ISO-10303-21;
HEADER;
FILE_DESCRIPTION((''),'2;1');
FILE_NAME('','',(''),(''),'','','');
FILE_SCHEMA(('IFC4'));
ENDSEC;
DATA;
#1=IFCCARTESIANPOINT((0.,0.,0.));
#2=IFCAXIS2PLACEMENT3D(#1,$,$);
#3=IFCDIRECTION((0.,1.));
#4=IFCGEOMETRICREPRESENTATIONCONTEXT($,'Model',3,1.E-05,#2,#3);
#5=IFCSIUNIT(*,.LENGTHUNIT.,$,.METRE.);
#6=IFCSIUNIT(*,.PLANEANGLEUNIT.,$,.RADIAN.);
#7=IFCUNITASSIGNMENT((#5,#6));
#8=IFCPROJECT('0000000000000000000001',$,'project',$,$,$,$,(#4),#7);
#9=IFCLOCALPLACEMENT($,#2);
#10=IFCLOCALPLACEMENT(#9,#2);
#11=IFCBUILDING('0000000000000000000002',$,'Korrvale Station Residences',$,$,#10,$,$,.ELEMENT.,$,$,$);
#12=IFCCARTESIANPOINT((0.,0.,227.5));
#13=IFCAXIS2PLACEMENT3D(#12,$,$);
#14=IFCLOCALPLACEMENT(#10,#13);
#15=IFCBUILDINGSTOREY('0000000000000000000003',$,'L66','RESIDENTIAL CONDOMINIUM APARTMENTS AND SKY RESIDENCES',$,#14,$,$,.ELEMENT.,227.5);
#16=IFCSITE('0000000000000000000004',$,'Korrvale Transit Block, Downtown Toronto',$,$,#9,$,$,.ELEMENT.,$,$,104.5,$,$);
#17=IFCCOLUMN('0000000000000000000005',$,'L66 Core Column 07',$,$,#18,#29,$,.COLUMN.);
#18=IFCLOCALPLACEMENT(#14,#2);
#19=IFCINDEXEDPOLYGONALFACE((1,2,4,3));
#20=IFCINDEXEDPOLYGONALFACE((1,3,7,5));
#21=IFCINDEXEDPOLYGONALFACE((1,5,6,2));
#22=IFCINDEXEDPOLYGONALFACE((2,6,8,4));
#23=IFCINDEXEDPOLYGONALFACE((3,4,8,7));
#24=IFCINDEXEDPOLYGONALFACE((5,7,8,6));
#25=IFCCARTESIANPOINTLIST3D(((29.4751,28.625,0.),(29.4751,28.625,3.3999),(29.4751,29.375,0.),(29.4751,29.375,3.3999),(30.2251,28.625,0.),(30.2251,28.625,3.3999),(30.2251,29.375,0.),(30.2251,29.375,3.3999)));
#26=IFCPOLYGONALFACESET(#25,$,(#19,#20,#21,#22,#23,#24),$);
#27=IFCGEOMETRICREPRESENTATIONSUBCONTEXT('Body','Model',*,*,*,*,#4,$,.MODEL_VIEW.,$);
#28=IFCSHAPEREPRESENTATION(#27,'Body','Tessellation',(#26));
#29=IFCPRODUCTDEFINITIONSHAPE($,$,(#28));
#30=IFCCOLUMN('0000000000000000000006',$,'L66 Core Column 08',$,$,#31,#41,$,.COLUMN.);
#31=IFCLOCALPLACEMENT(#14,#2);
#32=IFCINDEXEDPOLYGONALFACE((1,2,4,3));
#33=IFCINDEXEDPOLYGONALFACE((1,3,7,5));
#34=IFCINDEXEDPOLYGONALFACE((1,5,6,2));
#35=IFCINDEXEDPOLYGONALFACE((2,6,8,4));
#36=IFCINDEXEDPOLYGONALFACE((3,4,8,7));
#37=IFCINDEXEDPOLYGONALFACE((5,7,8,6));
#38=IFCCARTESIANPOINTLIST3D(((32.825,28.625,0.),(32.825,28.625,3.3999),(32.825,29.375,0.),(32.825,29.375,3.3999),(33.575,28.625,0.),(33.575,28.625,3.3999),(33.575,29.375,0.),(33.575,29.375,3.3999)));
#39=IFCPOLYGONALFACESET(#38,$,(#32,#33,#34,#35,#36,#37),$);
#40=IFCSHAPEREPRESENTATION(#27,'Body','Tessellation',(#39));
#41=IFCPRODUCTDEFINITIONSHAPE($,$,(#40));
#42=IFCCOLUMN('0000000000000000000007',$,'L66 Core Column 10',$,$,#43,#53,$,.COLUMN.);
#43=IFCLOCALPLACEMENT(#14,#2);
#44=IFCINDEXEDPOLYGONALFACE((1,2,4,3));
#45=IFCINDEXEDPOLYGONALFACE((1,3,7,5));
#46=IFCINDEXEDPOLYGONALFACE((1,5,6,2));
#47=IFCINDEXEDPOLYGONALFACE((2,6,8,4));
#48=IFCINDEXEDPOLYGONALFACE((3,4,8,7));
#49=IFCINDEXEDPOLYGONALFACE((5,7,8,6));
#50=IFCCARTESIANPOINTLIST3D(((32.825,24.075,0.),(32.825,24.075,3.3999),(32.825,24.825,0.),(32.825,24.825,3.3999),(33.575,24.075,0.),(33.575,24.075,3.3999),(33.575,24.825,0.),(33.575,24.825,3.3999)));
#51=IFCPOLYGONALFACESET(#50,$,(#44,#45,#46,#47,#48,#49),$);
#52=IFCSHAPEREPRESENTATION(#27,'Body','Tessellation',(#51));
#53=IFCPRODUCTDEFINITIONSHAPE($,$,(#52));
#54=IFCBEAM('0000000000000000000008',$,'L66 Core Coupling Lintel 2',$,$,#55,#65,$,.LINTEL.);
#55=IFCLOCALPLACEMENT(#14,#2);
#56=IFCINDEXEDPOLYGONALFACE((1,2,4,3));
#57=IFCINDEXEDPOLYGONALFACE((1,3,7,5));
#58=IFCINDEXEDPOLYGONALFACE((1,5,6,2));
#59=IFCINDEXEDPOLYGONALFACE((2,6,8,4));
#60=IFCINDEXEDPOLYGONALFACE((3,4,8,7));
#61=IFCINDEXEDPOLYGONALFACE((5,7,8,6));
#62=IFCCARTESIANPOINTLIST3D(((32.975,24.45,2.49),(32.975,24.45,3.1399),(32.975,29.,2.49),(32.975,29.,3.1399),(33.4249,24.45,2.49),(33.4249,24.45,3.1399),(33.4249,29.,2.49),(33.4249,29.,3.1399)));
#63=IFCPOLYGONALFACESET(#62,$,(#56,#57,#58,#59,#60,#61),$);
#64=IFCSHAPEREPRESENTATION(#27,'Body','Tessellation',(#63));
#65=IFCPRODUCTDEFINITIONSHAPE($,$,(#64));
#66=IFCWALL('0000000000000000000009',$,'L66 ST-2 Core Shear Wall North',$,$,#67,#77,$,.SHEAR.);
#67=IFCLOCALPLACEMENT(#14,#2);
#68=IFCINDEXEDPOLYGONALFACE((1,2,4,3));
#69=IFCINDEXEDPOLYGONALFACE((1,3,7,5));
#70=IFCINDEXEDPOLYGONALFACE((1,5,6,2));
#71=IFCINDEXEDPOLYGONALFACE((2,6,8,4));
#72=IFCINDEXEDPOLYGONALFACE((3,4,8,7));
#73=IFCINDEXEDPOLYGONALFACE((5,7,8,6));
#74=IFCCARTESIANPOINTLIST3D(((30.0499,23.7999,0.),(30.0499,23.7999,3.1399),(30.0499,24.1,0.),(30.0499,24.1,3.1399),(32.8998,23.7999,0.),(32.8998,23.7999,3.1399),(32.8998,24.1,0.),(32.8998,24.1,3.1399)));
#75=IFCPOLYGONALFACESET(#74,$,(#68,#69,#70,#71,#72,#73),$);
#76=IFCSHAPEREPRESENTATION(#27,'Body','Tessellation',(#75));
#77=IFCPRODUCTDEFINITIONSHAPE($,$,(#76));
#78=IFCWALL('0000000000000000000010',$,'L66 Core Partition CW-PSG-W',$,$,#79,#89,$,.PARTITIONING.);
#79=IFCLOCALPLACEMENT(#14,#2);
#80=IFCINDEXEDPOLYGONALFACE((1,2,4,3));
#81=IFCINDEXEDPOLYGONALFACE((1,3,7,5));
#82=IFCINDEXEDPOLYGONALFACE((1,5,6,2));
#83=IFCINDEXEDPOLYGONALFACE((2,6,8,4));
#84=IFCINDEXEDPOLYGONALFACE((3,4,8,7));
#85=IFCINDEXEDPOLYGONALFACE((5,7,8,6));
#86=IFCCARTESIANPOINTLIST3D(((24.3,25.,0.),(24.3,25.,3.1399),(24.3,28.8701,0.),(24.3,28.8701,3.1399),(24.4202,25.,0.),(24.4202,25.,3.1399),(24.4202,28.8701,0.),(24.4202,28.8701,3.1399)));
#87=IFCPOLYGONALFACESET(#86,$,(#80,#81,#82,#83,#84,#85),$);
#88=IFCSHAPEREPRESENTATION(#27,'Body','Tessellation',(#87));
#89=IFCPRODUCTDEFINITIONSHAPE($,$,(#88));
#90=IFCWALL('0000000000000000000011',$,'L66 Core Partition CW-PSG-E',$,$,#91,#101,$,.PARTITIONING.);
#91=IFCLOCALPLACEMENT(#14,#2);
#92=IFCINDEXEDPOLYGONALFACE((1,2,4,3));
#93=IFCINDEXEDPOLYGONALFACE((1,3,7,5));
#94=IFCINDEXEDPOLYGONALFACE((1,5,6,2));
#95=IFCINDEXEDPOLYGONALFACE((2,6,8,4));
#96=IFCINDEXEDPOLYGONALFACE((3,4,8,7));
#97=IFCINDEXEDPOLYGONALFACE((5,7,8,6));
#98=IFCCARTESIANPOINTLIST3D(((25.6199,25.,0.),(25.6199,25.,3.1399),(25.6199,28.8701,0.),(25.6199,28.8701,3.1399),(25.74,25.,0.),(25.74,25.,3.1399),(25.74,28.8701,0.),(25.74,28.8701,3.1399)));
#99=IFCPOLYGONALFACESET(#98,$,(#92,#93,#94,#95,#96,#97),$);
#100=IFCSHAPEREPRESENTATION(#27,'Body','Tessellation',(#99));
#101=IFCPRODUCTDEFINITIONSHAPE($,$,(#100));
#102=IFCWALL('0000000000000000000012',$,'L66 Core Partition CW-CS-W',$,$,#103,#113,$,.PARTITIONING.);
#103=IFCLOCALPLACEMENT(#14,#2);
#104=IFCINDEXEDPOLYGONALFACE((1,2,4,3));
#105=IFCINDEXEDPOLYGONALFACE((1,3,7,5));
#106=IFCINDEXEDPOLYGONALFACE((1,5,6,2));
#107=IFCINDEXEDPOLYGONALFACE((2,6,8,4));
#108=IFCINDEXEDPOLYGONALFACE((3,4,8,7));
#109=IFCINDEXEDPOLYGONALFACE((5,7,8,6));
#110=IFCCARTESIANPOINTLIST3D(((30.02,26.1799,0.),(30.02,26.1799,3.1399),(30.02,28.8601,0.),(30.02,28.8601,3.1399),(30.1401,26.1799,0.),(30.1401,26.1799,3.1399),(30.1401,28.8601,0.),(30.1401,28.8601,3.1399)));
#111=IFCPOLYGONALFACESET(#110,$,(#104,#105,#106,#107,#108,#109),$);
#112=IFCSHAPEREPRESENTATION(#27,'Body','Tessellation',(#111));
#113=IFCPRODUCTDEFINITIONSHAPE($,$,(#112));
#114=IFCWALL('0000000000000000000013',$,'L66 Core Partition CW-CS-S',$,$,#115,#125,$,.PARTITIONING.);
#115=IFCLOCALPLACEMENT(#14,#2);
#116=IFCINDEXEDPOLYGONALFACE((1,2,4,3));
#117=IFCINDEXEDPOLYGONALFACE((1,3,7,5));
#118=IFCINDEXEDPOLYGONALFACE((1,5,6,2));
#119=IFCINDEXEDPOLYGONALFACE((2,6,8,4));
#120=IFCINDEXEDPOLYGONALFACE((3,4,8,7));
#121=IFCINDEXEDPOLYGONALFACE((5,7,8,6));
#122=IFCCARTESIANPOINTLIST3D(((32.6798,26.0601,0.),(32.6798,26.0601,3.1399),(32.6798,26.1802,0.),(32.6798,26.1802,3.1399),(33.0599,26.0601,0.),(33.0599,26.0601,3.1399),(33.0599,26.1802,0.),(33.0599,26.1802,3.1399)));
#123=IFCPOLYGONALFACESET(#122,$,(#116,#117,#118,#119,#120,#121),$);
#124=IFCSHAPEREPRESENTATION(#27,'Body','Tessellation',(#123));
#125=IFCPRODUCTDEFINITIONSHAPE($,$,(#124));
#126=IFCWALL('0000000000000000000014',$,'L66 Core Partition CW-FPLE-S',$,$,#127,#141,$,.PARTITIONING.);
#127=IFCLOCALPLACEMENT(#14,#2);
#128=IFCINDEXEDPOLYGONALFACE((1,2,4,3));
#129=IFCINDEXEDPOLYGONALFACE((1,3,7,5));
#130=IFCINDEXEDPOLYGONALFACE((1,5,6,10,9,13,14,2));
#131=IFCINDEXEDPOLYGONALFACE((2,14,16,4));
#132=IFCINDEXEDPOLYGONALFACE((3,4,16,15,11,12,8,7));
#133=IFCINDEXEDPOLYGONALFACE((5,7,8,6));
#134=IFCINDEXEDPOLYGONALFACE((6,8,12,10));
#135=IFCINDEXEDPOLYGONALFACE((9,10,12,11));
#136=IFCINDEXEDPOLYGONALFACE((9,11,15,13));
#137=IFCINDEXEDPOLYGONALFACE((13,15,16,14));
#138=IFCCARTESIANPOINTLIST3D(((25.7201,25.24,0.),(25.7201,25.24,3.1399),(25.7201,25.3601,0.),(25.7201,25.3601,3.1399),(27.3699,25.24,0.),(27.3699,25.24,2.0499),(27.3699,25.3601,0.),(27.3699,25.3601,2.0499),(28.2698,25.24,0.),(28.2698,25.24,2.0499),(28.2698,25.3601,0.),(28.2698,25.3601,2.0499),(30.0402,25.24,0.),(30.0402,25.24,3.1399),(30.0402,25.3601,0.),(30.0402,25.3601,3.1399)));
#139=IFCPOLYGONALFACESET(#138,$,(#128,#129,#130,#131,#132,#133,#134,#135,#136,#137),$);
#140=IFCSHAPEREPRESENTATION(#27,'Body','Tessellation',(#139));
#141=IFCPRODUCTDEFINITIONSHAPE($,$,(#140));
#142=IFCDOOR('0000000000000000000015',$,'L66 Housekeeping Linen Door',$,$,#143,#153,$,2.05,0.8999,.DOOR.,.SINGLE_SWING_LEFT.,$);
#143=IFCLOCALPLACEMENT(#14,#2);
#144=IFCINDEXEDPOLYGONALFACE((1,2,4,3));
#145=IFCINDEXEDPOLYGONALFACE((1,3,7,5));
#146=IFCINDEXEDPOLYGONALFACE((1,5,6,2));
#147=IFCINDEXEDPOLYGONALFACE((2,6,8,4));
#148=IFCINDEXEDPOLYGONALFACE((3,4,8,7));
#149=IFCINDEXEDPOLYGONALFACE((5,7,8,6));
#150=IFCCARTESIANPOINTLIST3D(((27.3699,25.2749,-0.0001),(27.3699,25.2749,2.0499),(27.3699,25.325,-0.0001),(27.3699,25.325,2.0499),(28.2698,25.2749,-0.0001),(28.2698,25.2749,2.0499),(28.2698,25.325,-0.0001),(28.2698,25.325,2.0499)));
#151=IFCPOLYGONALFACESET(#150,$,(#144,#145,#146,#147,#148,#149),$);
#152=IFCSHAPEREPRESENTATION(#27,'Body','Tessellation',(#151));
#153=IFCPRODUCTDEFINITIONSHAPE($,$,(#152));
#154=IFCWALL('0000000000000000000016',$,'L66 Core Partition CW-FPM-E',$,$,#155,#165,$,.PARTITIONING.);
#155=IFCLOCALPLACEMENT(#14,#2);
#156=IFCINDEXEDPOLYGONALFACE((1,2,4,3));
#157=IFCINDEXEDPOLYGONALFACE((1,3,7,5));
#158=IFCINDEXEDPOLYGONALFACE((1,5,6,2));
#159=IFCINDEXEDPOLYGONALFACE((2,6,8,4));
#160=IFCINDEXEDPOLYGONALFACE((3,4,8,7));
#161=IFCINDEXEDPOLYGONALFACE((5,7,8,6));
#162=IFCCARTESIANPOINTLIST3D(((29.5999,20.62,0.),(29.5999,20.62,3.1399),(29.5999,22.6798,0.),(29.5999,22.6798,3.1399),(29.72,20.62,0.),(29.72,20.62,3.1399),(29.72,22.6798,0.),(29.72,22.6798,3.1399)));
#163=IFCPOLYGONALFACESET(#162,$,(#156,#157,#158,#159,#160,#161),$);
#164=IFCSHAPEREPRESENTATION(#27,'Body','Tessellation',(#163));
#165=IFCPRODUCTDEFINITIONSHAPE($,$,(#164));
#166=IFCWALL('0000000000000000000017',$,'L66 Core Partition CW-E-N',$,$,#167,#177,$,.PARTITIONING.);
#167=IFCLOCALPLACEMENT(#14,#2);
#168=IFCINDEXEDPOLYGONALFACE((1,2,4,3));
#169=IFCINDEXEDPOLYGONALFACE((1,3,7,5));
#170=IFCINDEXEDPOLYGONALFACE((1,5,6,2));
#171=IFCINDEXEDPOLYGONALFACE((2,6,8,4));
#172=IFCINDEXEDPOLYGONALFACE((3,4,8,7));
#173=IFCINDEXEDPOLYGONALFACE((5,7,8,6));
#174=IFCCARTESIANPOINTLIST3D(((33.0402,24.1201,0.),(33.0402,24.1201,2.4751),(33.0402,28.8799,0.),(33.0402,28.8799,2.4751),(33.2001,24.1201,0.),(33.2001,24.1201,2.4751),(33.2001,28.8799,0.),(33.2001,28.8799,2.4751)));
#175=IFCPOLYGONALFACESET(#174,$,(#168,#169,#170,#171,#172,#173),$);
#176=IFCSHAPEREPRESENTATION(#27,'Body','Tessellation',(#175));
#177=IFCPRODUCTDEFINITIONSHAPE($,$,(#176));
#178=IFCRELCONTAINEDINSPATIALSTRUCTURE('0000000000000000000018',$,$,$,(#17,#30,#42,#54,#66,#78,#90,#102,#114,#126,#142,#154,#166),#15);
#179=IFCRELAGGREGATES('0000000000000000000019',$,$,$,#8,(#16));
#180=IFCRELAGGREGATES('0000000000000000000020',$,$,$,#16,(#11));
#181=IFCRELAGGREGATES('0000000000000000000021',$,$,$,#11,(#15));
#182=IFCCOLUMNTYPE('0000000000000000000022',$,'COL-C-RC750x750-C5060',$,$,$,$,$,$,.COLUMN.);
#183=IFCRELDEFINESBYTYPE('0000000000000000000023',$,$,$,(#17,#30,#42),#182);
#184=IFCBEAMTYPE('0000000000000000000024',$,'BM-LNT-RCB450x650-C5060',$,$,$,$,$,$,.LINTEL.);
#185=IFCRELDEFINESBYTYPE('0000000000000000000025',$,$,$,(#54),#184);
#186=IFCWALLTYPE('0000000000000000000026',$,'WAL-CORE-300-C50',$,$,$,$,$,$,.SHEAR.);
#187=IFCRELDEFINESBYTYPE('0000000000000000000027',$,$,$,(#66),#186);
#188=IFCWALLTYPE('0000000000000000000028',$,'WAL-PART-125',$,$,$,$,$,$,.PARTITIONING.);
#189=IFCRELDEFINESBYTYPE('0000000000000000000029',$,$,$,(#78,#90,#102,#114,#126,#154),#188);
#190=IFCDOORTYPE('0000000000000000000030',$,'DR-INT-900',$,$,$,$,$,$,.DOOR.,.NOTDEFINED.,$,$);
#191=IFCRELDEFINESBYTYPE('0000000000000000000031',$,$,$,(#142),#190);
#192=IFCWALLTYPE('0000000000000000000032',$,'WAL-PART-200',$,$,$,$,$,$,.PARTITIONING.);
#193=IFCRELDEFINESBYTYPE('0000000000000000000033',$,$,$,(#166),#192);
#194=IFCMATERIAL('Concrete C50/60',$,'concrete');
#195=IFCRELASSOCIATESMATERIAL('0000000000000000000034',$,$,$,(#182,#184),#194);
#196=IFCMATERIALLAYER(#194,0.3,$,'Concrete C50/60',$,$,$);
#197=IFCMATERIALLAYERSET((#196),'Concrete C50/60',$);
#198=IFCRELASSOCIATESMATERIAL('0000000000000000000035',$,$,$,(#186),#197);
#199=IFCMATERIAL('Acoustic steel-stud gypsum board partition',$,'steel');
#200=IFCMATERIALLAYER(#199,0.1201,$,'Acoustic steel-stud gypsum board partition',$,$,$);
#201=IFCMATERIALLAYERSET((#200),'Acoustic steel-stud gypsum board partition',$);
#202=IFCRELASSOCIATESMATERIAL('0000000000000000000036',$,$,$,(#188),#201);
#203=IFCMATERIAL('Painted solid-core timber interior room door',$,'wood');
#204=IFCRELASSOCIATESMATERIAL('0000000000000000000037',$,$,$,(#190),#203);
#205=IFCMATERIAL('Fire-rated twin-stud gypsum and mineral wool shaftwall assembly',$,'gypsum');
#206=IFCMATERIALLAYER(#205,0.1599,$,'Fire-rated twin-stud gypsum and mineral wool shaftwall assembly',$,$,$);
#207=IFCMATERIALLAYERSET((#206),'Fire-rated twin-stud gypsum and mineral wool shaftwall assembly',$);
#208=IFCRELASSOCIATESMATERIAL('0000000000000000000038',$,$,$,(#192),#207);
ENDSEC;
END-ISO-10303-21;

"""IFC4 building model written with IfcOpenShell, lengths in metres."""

from ifc_helpers import new_model, si_unit, direction, frame, frame_2d, origin, origin_2d, place, context, subcontext, project, spatial, rectangle, extrude, material, layer, layer_set, material_profile, profile_set, type_object, element, fill, save


model = new_model("IFC4")

# Units and contexts
model_context = context("Model", 3, precision=1e-05, world=origin(), true_north=direction((0.0, 1.0)))
body_context = subcontext(model_context, "Body", "Model", "MODEL_VIEW")
ifc_project = project(units=[si_unit("LENGTHUNIT", "METRE"), si_unit("PLANEANGLEUNIT", "RADIAN")], contexts=[model_context])

# Site, building, storey
site_placement = place(None, origin())
site = spatial("IfcSite", under=ifc_project, at=site_placement, Name="Korrvale Transit Block, Downtown Toronto", CompositionType="ELEMENT", RefElevation=104.5)
building_placement = place(site_placement, origin())
building = spatial("IfcBuilding", under=site, at=building_placement, Name="Korrvale Station Residences", CompositionType="ELEMENT")
storey_placement = place(building_placement, frame((0.0, 0.0, 227.5)))
storey = spatial("IfcBuildingStorey", under=building, at=storey_placement, Name="L66", Description="RESIDENTIAL CONDOMINIUM APARTMENTS AND SKY RESIDENCES", CompositionType="ELEMENT", Elevation=227.5)

# Columns
ifc_material_1 = material(Name="Concrete C50/60", Category="concrete")
ifc_material_profile_1 = material_profile(ifc_material_1, rectangle(XDim=0.75, YDim=0.75, at=origin_2d()), Name="RC750x750")
ifc_profile_set_1 = profile_set([ifc_material_profile_1], Name="Concrete C50/60")
column_type = type_object("IfcColumnType", Name="COL-C-RC750x750-C5060", PredefinedType="COLUMN", material=ifc_profile_set_1)
for number, where, z_axis, x_axis, name in (
    (1, (29.8501, 29.0, 0.0), (0.0, 0.0, 1.0), (1.0, 0.0, 0.0), "L66 Core Column 07"),
    (2, (33.2, 29.0, 0.0), (0.0, 0.0, 1.0), (1.0, 0.0, 0.0), "L66 Core Column 08"),
    (3, (33.2, 24.45, 0.0), (0.0, 0.0, 1.0), (1.0, 0.0, 0.0), "L66 Core Column 10"),
):
    element("IfcColumn", number, at=place(storey_placement, frame(where, z_axis=z_axis, x_axis=x_axis)), inside=storey, type_object=column_type, Name=name, PredefinedType="COLUMN", context=body_context, shape_type="SweptSolid", body=[
        extrude(rectangle(XDim=0.75, YDim=0.75, at=origin_2d()), origin(), (0.0, 0.0, 1.0), 3.3999),
    ])

# Beam
ifc_material_profile_2 = material_profile(ifc_material_1, rectangle(XDim=0.45, YDim=0.6499, at=origin_2d()), Name="RCB450x650")
ifc_profile_set_2 = profile_set([ifc_material_profile_2], Name="Concrete C50/60")
beam_type = type_object("IfcBeamType", Name="BM-LNT-RCB450x650-C5060", PredefinedType="LINTEL", material=ifc_profile_set_2)
beam_placement = place(storey_placement, frame((33.2, 24.45, 2.8149), z_axis=(0.0, 1.0, 0.0), x_axis=(-1.0, 0.0, 0.0)))
element("IfcBeam", 4, at=beam_placement, inside=storey, type_object=beam_type, Name="L66 Core Coupling Lintel 2", PredefinedType="LINTEL", context=body_context, shape_type="SweptSolid", body=[
    extrude(rectangle(XDim=0.45, YDim=0.6499, at=origin_2d()), origin(), (0.0, 0.0, 1.0), 4.55),
])

# Walls
ifc_layer_1 = layer(ifc_material_1, 0.3, Name="Concrete C50/60")
ifc_layer_set_1 = layer_set([ifc_layer_1], Name="Concrete C50/60")
wall_type_1 = type_object("IfcWallType", Name="WAL-CORE-300-C50", PredefinedType="SHEAR", material=ifc_layer_set_1)
wall_1_placement = place(storey_placement, frame((30.05, 23.95, 0.0), z_axis=(0.0, 0.0, 1.0), x_axis=(1.0, 0.0, 0.0)))
element("IfcWall", 5, at=wall_1_placement, inside=storey, type_object=wall_type_1, Name="L66 ST-2 Core Shear Wall North", PredefinedType="SHEAR", context=body_context, shape_type="SweptSolid", body=[
    extrude(rectangle(XDim=2.8499, YDim=0.3, at=frame_2d((1.4248, 0.0))), origin(), (0.0, 0.0, 1.0), 3.1399),
])
ifc_material_2 = material(Name="Acoustic steel-stud gypsum board partition", Category="steel")
ifc_layer_2 = layer(ifc_material_2, 0.1201, Name="Acoustic steel-stud gypsum board partition")
ifc_layer_set_2 = layer_set([ifc_layer_2], Name="Acoustic steel-stud gypsum board partition")
wall_type_2 = type_object("IfcWallType", Name="WAL-PART-125", PredefinedType="PARTITIONING", material=ifc_layer_set_2)
for number, where, z_axis, x_axis, name in (
    (6, (24.3601, 25.0, 0.0), (0.0, 0.0, 1.0), (0.0, 1.0, 0.0), "L66 Core Partition CW-PSG-W"),
    (7, (25.6799, 25.0, 0.0), (0.0, 0.0, 1.0), (0.0, 1.0, 0.0), "L66 Core Partition CW-PSG-E"),
):
    element("IfcWall", number, at=place(storey_placement, frame(where, z_axis=z_axis, x_axis=x_axis)), inside=storey, type_object=wall_type_2, Name=name, PredefinedType="PARTITIONING", context=body_context, shape_type="SweptSolid", body=[
        extrude(rectangle(XDim=3.8701, YDim=0.1201, at=frame_2d((1.9351, 0.0))), origin(), (0.0, 0.0, 1.0), 3.1399),
    ])
wall_2_placement = place(storey_placement, frame((30.0801, 26.1799, 0.0), z_axis=(0.0, 0.0, 1.0), x_axis=(0.0, 1.0, 0.0)))
element("IfcWall", 8, at=wall_2_placement, inside=storey, type_object=wall_type_2, Name="L66 Core Partition CW-CS-W", PredefinedType="PARTITIONING", context=body_context, shape_type="SweptSolid", body=[
    extrude(rectangle(XDim=2.6802, YDim=0.1201, at=frame_2d((1.3401, 0.0))), origin(), (0.0, 0.0, 1.0), 3.1399),
])
wall_3_placement = place(storey_placement, frame((32.6799, 26.1201, 0.0), z_axis=(0.0, 0.0, 1.0), x_axis=(1.0, 0.0, 0.0)))
element("IfcWall", 9, at=wall_3_placement, inside=storey, type_object=wall_type_2, Name="L66 Core Partition CW-CS-S", PredefinedType="PARTITIONING", context=body_context, shape_type="SweptSolid", body=[
    extrude(rectangle(XDim=0.3801, YDim=0.1201, at=frame_2d((0.1899, 0.0))), origin(), (0.0, 0.0, 1.0), 3.1399),
])

# Wall, opening, door
wall_4_placement = place(storey_placement, frame((25.72, 25.3, 0.0), z_axis=(0.0, 0.0, 1.0), x_axis=(1.0, 0.0, 0.0)))
wall_4 = element("IfcWall", 10, at=wall_4_placement, inside=storey, type_object=wall_type_2, Name="L66 Core Partition CW-FPLE-S", PredefinedType="PARTITIONING", context=body_context, shape_type="SweptSolid", body=[
    extrude(rectangle(XDim=4.3201, YDim=0.1201, at=frame_2d((2.1602, 0.0))), origin(), (0.0, 0.0, 1.0), 3.1399),
])
opening_1_placement = place(wall_4_placement, frame((1.6499, 0.0, 0.0)))
opening_1 = element("IfcOpeningElement", 11, at=opening_1_placement, cuts=wall_4, PredefinedType="OPENING", context=body_context, shape_type="SweptSolid", body=[
    extrude(rectangle(XDim=0.8999, YDim=2.05, at=frame_2d((0.45, 1.0249))), frame((0.0, 0.0701, 0.0), z_axis=(0.0, -1.0, 0.0), x_axis=(1.0, 0.0, 0.0)), (0.0, 0.0, 1.0), 0.1401),
])
ifc_material_3 = material(Name="Painted solid-core timber interior room door", Category="wood")
door_type_1 = type_object("IfcDoorType", Name="DR-INT-900", OperationType="NOTDEFINED", PredefinedType="DOOR", material=ifc_material_3)
door_1_placement = place(opening_1_placement, origin())
door_1 = element("IfcDoor", 12, at=door_1_placement, inside=storey, type_object=door_type_1, Name="L66 Housekeeping Linen Door", OperationType="SINGLE_SWING_LEFT", OverallHeight=2.05, OverallWidth=0.8999, PredefinedType="DOOR", context=body_context, shape_type="SweptSolid", body=[
    extrude(rectangle(XDim=0.8999, YDim=2.05, at=frame_2d((0.45, 1.0249))), frame((0.0, 0.0249, 0.0), z_axis=(0.0, -1.0, 0.0), x_axis=(1.0, 0.0, 0.0)), (0.0, 0.0, 1.0), 0.05),
])
fill(opening_1, door_1)

# Walls
wall_5_placement = place(storey_placement, frame((29.6599, 20.6201, 0.0), z_axis=(0.0, 0.0, 1.0), x_axis=(0.0, 1.0, 0.0)))
element("IfcWall", 13, at=wall_5_placement, inside=storey, type_object=wall_type_2, Name="L66 Core Partition CW-FPM-E", PredefinedType="PARTITIONING", context=body_context, shape_type="SweptSolid", body=[
    extrude(rectangle(XDim=2.0598, YDim=0.1201, at=frame_2d((1.0298, 0.0))), origin(), (0.0, 0.0, 1.0), 3.1399),
])
ifc_material_4 = material(Name="Fire-rated twin-stud gypsum and mineral wool shaftwall assembly", Category="gypsum")
ifc_layer_3 = layer(ifc_material_4, 0.1599, Name="Fire-rated twin-stud gypsum and mineral wool shaftwall assembly")
ifc_layer_set_3 = layer_set([ifc_layer_3], Name="Fire-rated twin-stud gypsum and mineral wool shaftwall assembly")
wall_type_3 = type_object("IfcWallType", Name="WAL-PART-200", PredefinedType="PARTITIONING", material=ifc_layer_set_3)
wall_6_placement = place(storey_placement, frame((33.1201, 24.1201, 0.0), z_axis=(0.0, 0.0, 1.0), x_axis=(0.0, 1.0, 0.0)))
element("IfcWall", 14, at=wall_6_placement, inside=storey, type_object=wall_type_3, Name="L66 Core Partition CW-E-N", PredefinedType="PARTITIONING", context=body_context, shape_type="SweptSolid", body=[
    extrude(rectangle(XDim=4.7598, YDim=0.1599, at=frame_2d((2.3799, 0.0))), origin(), (0.0, 0.0, 1.0), 2.4751),
])

save(model, "model.ifc")
